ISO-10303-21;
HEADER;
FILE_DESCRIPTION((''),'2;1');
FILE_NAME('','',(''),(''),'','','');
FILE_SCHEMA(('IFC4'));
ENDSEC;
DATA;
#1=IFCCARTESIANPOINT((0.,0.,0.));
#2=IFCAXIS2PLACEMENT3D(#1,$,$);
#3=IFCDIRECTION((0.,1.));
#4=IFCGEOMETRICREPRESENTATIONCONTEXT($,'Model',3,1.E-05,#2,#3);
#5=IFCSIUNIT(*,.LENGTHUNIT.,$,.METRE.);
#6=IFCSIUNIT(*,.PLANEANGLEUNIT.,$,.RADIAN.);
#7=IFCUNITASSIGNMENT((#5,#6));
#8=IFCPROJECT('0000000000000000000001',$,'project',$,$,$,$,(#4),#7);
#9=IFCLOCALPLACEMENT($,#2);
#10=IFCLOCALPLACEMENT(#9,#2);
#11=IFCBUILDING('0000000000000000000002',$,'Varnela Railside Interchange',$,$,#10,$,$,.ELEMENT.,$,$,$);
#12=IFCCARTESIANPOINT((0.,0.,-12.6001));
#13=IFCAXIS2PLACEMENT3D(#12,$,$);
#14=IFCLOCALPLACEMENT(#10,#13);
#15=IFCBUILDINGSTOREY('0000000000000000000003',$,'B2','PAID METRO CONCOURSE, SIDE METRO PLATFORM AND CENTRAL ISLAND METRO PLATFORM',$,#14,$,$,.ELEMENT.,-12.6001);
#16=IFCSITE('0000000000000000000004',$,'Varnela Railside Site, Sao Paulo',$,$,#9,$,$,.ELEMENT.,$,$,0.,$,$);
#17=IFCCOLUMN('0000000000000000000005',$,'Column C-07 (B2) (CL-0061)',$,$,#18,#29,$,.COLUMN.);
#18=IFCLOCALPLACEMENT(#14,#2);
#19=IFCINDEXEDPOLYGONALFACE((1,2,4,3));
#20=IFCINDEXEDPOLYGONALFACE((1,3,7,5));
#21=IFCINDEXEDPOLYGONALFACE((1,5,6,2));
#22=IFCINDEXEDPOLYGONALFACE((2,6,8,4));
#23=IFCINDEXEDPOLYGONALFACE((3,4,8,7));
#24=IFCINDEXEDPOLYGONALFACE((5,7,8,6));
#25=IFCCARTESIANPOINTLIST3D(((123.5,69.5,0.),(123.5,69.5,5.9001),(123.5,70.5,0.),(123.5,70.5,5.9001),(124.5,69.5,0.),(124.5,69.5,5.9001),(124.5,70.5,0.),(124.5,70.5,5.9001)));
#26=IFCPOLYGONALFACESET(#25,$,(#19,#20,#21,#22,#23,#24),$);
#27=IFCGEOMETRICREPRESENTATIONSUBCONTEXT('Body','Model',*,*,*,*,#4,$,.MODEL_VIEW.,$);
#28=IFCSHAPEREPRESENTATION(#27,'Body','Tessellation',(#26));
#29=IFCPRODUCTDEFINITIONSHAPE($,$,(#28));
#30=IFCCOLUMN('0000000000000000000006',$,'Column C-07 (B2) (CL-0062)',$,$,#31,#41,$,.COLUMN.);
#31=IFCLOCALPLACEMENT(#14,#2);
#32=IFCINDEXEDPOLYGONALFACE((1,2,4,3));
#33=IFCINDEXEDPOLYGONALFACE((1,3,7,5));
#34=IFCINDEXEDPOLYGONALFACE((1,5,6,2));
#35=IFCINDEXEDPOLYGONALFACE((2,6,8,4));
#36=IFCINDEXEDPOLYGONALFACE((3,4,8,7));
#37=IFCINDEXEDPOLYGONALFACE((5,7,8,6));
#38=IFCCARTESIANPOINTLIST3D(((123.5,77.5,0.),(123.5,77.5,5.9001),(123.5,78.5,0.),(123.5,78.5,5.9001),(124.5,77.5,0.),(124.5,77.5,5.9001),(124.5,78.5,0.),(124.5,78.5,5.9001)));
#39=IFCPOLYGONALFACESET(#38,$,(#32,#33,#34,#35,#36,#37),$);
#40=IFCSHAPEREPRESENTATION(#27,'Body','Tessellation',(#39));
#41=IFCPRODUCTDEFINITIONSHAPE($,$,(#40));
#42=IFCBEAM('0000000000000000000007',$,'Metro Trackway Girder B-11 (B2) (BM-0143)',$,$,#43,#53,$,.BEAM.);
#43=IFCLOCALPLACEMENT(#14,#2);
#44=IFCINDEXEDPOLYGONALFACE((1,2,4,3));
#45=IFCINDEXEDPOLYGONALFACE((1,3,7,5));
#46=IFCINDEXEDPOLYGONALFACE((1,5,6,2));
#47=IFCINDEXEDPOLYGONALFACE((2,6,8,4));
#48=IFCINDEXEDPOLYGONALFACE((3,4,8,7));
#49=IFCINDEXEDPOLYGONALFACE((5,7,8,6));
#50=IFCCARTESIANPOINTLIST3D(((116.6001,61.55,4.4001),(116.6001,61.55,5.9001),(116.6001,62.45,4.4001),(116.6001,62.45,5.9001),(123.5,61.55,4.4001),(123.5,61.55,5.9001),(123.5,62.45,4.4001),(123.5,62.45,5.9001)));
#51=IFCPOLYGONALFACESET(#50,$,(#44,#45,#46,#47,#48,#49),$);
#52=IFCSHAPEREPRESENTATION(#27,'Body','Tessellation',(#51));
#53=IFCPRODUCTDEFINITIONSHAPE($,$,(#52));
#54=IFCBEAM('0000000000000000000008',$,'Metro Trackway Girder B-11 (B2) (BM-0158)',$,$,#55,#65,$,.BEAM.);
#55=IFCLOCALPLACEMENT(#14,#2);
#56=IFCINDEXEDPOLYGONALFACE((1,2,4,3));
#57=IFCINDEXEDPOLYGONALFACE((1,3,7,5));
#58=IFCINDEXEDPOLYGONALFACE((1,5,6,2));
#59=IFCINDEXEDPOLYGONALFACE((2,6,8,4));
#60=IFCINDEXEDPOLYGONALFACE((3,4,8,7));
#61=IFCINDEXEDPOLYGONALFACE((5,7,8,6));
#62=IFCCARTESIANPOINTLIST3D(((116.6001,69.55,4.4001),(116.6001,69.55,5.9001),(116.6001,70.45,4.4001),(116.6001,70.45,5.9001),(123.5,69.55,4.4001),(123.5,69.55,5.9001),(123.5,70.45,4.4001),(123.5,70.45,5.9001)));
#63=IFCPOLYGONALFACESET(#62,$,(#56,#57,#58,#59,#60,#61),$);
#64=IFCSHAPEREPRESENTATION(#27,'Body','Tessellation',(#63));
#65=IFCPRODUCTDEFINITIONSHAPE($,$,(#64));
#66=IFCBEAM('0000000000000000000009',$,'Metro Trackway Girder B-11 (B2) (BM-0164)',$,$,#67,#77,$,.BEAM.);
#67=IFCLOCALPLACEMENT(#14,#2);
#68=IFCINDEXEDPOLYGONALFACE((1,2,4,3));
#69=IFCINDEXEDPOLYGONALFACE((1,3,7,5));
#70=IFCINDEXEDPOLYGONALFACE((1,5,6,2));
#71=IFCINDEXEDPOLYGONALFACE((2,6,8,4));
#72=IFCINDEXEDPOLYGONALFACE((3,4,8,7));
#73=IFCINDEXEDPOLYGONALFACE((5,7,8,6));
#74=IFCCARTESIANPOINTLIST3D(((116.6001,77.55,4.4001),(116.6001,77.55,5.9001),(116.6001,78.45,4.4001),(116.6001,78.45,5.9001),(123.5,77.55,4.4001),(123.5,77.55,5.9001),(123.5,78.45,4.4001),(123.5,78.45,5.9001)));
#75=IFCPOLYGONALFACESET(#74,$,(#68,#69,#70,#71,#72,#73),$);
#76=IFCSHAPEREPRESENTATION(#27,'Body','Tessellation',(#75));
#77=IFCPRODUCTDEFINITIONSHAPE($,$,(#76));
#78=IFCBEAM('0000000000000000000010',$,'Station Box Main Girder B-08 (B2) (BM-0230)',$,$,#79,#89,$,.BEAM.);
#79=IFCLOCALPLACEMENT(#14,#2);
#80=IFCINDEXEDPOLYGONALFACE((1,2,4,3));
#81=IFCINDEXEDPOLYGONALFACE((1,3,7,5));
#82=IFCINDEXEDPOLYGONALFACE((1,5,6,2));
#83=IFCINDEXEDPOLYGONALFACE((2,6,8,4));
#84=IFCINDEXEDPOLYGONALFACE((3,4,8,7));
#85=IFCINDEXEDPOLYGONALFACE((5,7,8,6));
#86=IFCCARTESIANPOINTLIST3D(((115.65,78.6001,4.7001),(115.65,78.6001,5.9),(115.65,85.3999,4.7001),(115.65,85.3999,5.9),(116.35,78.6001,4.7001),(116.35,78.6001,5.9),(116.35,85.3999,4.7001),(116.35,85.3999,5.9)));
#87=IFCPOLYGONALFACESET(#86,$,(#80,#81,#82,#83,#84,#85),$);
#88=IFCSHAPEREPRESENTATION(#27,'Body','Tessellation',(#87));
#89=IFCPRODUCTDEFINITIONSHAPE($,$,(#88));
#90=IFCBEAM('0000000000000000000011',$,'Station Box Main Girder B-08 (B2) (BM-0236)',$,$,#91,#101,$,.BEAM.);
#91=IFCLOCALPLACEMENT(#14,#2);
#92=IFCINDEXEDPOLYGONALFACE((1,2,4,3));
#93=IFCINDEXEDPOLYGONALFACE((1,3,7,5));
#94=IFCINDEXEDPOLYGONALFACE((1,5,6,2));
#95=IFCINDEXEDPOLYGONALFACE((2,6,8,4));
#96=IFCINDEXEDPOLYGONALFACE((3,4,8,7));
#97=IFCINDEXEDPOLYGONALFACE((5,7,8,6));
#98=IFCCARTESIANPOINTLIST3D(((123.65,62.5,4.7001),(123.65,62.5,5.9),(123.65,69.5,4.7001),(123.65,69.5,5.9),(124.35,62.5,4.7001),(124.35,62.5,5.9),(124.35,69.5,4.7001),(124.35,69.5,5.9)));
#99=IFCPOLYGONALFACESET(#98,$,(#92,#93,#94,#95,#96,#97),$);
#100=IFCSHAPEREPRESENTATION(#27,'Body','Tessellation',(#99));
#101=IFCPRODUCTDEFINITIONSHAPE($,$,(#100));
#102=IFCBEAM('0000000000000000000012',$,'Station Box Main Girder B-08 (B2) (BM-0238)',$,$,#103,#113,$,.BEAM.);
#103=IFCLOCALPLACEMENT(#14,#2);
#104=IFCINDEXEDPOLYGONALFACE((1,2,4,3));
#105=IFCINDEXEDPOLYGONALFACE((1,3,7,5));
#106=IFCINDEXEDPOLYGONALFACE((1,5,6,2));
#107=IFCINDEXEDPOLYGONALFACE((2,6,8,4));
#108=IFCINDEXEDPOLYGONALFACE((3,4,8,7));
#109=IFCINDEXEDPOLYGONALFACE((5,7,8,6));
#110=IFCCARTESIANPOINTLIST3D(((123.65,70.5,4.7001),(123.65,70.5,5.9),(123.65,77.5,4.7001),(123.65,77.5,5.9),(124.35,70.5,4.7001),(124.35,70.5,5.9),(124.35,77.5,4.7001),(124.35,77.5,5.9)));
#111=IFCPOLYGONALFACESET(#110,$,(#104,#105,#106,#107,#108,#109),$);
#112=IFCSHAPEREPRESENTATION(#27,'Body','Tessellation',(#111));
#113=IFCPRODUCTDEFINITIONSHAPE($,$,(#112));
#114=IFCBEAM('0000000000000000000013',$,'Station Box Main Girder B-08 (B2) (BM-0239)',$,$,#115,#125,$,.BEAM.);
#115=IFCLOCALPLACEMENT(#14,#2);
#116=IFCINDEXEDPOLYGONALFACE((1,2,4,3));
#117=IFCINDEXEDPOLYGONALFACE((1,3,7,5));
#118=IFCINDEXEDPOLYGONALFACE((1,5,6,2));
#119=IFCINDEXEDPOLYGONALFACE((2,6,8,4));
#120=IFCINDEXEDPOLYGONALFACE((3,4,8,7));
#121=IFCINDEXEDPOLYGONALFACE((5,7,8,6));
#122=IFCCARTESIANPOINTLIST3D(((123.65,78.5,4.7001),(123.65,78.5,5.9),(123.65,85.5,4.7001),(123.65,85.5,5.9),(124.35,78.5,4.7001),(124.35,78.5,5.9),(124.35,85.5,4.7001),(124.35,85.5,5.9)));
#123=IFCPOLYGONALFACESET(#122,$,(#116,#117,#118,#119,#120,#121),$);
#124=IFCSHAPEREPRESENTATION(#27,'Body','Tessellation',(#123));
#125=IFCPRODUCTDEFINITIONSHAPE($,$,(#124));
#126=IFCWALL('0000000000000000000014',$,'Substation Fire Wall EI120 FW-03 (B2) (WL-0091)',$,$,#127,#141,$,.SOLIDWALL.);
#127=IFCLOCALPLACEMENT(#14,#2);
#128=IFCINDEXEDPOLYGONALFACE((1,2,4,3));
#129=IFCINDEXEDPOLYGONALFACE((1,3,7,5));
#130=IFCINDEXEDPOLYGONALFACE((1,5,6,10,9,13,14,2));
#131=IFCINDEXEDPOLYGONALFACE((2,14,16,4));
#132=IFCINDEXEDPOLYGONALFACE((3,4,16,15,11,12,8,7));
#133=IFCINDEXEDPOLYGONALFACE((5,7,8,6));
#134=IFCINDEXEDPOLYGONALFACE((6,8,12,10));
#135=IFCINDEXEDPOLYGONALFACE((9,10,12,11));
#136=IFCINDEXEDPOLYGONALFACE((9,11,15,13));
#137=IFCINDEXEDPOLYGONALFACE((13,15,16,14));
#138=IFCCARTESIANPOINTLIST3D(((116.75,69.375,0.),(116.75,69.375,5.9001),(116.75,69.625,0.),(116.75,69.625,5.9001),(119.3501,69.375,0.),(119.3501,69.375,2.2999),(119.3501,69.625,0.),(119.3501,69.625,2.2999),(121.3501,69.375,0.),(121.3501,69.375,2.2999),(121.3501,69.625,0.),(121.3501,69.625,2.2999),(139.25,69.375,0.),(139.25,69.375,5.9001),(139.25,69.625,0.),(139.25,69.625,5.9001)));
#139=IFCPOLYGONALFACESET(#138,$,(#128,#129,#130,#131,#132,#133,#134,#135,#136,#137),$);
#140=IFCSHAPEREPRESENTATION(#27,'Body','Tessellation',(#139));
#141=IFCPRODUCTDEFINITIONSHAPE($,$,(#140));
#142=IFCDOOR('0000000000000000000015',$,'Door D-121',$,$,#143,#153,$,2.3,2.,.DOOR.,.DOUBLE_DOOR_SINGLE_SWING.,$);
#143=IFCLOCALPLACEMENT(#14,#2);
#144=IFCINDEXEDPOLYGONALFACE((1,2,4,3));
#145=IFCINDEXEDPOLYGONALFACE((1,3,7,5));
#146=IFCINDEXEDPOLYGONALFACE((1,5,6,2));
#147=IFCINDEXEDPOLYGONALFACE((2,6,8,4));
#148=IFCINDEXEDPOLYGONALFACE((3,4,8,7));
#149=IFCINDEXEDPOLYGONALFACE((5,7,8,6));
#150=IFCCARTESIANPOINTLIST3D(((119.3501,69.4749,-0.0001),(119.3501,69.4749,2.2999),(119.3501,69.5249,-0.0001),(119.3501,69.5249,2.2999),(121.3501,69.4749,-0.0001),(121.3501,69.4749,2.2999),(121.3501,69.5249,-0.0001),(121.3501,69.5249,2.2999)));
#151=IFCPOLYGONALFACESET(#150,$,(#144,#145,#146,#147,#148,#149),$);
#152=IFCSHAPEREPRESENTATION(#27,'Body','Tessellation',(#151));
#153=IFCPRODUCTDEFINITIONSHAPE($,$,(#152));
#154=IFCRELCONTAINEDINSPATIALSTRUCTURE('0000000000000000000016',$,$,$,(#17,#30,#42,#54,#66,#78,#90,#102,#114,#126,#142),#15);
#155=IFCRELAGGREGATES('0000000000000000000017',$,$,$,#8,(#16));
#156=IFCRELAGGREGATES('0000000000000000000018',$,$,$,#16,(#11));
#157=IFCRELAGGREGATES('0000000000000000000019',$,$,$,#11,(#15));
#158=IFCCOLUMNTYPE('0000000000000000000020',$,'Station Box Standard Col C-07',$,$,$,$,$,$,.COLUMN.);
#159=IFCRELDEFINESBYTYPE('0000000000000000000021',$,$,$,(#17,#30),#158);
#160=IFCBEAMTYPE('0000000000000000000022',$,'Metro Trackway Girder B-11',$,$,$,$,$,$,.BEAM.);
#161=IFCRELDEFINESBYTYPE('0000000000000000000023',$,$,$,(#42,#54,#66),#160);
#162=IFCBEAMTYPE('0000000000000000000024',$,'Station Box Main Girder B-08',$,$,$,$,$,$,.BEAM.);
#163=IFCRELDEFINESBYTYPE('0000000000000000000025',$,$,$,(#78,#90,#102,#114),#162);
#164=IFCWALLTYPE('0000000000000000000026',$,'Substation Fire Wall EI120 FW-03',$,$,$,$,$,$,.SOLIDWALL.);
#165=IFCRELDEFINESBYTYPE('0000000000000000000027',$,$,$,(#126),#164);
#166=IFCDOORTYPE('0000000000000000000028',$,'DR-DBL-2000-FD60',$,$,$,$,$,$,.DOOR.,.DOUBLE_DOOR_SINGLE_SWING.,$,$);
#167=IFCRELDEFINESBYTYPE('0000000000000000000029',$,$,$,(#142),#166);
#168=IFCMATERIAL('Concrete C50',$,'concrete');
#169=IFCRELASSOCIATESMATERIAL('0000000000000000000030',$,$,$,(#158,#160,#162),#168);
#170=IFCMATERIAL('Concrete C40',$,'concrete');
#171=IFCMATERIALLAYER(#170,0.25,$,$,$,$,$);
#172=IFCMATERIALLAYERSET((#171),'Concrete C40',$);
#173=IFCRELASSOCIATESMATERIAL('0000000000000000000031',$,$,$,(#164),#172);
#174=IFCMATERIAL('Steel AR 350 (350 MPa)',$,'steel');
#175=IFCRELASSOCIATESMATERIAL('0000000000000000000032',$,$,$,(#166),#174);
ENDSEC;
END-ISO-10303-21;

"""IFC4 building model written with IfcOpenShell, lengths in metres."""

from ifc_helpers import new_model, si_unit, direction, frame, frame_2d, origin, origin_2d, place, context, subcontext, project, spatial, rectangle, extrude, material, layer, layer_set, material_profile, profile_set, type_object, element, fill, save


model = new_model("IFC4")

# Units and contexts
model_context = context("Model", 3, precision=1e-05, world=origin(), true_north=direction((0.0, 1.0)))
body_context = subcontext(model_context, "Body", "Model", "MODEL_VIEW")
ifc_project = project(units=[si_unit("LENGTHUNIT", "METRE"), si_unit("PLANEANGLEUNIT", "RADIAN")], contexts=[model_context])

# Site, building, storey
site_placement = place(None, origin())
site = spatial("IfcSite", under=ifc_project, at=site_placement, Name="Varnela Railside Site, Sao Paulo", CompositionType="ELEMENT", RefElevation=0.0)
building_placement = place(site_placement, origin())
building = spatial("IfcBuilding", under=site, at=building_placement, Name="Varnela Railside Interchange", CompositionType="ELEMENT")
storey_placement = place(building_placement, frame((0.0, 0.0, -12.6001)))
storey = spatial("IfcBuildingStorey", under=building, at=storey_placement, Name="B2", Description="PAID METRO CONCOURSE, SIDE METRO PLATFORM AND CENTRAL ISLAND METRO PLATFORM", CompositionType="ELEMENT", Elevation=-12.6001)

# Shared definitions
ifc_material_1 = material(Name="Concrete C40", Category="concrete")

# Shared definitions
ifc_material_2 = material(Name="Concrete C50", Category="concrete")

# Columns
ifc_material_profile_1 = material_profile(ifc_material_2, rectangle(XDim=1.0, YDim=1.0, at=origin_2d()), Name="RC 1000x1000")
ifc_profile_set_1 = profile_set([ifc_material_profile_1], Name="Concrete C50")
column_type_1 = type_object("IfcColumnType", Name="Station Box Standard Col C-07", PredefinedType="COLUMN", material=ifc_profile_set_1)
for number, where, z_axis, x_axis, name in (
    (1, (124.0, 70.0, 0.0), (0.0, 0.0, 1.0), (1.0, 0.0, 0.0), "Column C-07 (B2) (CL-0061)"),
    (2, (124.0, 78.0, 0.0), (0.0, 0.0, 1.0), (1.0, 0.0, 0.0), "Column C-07 (B2) (CL-0062)"),
):
    element("IfcColumn", number, at=place(storey_placement, frame(where, z_axis=z_axis, x_axis=x_axis)), inside=storey, type_object=column_type_1, Name=name, PredefinedType="COLUMN", context=body_context, shape_type="SweptSolid", body=[
        extrude(rectangle(XDim=1.0, YDim=1.0, at=origin_2d()), origin(), (0.0, 0.0, 1.0), 5.9001),
    ])

# Beams
ifc_material_profile_2 = material_profile(ifc_material_2, rectangle(XDim=0.8999, YDim=1.5, at=origin_2d()), Name="RC 900x1500")
ifc_profile_set_2 = profile_set([ifc_material_profile_2], Name="Concrete C50")
beam_type_1 = type_object("IfcBeamType", Name="Metro Trackway Girder B-11", PredefinedType="BEAM", material=ifc_profile_set_2)
for number, where, z_axis, x_axis, name in (
    (3, (116.6001, 62.0, 5.1501), (1.0, 0.0, 0.0), (0.0, 1.0, 0.0), "Metro Trackway Girder B-11 (B2) (BM-0143)"),
    (4, (116.6001, 70.0, 5.1501), (1.0, 0.0, 0.0), (0.0, 1.0, 0.0), "Metro Trackway Girder B-11 (B2) (BM-0158)"),
    (5, (116.6001, 78.0, 5.1501), (1.0, 0.0, 0.0), (0.0, 1.0, 0.0), "Metro Trackway Girder B-11 (B2) (BM-0164)"),
):
    element("IfcBeam", number, at=place(storey_placement, frame(where, z_axis=z_axis, x_axis=x_axis)), inside=storey, type_object=beam_type_1, Name=name, PredefinedType="BEAM", context=body_context, shape_type="SweptSolid", body=[
        extrude(rectangle(XDim=0.8999, YDim=1.5, at=origin_2d()), origin(), (0.0, 0.0, 1.0), 6.8999),
    ])
ifc_material_profile_3 = material_profile(ifc_material_2, rectangle(XDim=0.7, YDim=1.2, at=origin_2d()), Name="RC 700x1200")
ifc_profile_set_3 = profile_set([ifc_material_profile_3], Name="Concrete C50")
beam_type_2 = type_object("IfcBeamType", Name="Station Box Main Girder B-08", PredefinedType="BEAM", material=ifc_profile_set_3)
beam_placement = place(storey_placement, frame((116.0, 78.6001, 5.3), z_axis=(0.0, 1.0, 0.0), x_axis=(-1.0, 0.0, 0.0)))
element("IfcBeam", 6, at=beam_placement, inside=storey, type_object=beam_type_2, Name="Station Box Main Girder B-08 (B2) (BM-0230)", PredefinedType="BEAM", context=body_context, shape_type="SweptSolid", body=[
    extrude(rectangle(XDim=0.7, YDim=1.2, at=origin_2d()), origin(), (0.0, 0.0, 1.0), 6.7998),
])
for number, where, z_axis, x_axis, name in (
    (7, (124.0, 62.5, 5.3), (0.0, 1.0, 0.0), (-1.0, 0.0, 0.0), "Station Box Main Girder B-08 (B2) (BM-0236)"),
    (8, (124.0, 70.5, 5.3), (0.0, 1.0, 0.0), (-1.0, 0.0, 0.0), "Station Box Main Girder B-08 (B2) (BM-0238)"),
    (9, (124.0, 78.5, 5.3), (0.0, 1.0, 0.0), (-1.0, 0.0, 0.0), "Station Box Main Girder B-08 (B2) (BM-0239)"),
):
    element("IfcBeam", number, at=place(storey_placement, frame(where, z_axis=z_axis, x_axis=x_axis)), inside=storey, type_object=beam_type_2, Name=name, PredefinedType="BEAM", context=body_context, shape_type="SweptSolid", body=[
        extrude(rectangle(XDim=0.7, YDim=1.2, at=origin_2d()), origin(), (0.0, 0.0, 1.0), 7.0),
    ])

# Wall, opening, door
ifc_layer = layer(ifc_material_1, 0.25)
ifc_layer_set = layer_set([ifc_layer], Name="Concrete C40")
wall_type = type_object("IfcWallType", Name="Substation Fire Wall EI120 FW-03", PredefinedType="SOLIDWALL", material=ifc_layer_set)
wall_placement = place(storey_placement, frame((116.75, 69.5, 0.0), z_axis=(0.0, 0.0, 1.0), x_axis=(1.0, 0.0, 0.0)))
wall = element("IfcWall", 10, at=wall_placement, inside=storey, type_object=wall_type, Name="Substation Fire Wall EI120 FW-03 (B2) (WL-0091)", PredefinedType="SOLIDWALL", context=body_context, shape_type="SweptSolid", body=[
    extrude(rectangle(XDim=22.5, YDim=0.25, at=frame_2d((11.25, 0.0))), origin(), (0.0, 0.0, 1.0), 5.9001),
])
opening_placement = place(wall_placement, frame((2.6001, 0.0, 0.0)))
opening = element("IfcOpeningElement", 11, at=opening_placement, cuts=wall, PredefinedType="OPENING", context=body_context, shape_type="SweptSolid", body=[
    extrude(rectangle(XDim=2.0, YDim=2.3, at=frame_2d((1.0, 1.1499))), frame((0.0, 0.135, 0.0), z_axis=(0.0, -1.0, 0.0), x_axis=(1.0, 0.0, 0.0)), (0.0, 0.0, 1.0), 0.27),
])
ifc_material_3 = material(Name="Steel AR 350 (350 MPa)", Category="steel")
door_type = type_object("IfcDoorType", Name="DR-DBL-2000-FD60", OperationType="DOUBLE_DOOR_SINGLE_SWING", PredefinedType="DOOR", material=ifc_material_3)
door_placement = place(opening_placement, origin())
door = element("IfcDoor", 12, at=door_placement, inside=storey, type_object=door_type, Name="Door D-121", OperationType="DOUBLE_DOOR_SINGLE_SWING", OverallHeight=2.3, OverallWidth=2.0, PredefinedType="DOOR", context=body_context, shape_type="SweptSolid", body=[
    extrude(rectangle(XDim=2.0, YDim=2.3, at=frame_2d((1.0, 1.1499))), frame((0.0, 0.0249, 0.0), z_axis=(0.0, -1.0, 0.0), x_axis=(1.0, 0.0, 0.0)), (0.0, 0.0, 1.0), 0.05),
])
fill(opening, door)

save(model, "model.ifc")
